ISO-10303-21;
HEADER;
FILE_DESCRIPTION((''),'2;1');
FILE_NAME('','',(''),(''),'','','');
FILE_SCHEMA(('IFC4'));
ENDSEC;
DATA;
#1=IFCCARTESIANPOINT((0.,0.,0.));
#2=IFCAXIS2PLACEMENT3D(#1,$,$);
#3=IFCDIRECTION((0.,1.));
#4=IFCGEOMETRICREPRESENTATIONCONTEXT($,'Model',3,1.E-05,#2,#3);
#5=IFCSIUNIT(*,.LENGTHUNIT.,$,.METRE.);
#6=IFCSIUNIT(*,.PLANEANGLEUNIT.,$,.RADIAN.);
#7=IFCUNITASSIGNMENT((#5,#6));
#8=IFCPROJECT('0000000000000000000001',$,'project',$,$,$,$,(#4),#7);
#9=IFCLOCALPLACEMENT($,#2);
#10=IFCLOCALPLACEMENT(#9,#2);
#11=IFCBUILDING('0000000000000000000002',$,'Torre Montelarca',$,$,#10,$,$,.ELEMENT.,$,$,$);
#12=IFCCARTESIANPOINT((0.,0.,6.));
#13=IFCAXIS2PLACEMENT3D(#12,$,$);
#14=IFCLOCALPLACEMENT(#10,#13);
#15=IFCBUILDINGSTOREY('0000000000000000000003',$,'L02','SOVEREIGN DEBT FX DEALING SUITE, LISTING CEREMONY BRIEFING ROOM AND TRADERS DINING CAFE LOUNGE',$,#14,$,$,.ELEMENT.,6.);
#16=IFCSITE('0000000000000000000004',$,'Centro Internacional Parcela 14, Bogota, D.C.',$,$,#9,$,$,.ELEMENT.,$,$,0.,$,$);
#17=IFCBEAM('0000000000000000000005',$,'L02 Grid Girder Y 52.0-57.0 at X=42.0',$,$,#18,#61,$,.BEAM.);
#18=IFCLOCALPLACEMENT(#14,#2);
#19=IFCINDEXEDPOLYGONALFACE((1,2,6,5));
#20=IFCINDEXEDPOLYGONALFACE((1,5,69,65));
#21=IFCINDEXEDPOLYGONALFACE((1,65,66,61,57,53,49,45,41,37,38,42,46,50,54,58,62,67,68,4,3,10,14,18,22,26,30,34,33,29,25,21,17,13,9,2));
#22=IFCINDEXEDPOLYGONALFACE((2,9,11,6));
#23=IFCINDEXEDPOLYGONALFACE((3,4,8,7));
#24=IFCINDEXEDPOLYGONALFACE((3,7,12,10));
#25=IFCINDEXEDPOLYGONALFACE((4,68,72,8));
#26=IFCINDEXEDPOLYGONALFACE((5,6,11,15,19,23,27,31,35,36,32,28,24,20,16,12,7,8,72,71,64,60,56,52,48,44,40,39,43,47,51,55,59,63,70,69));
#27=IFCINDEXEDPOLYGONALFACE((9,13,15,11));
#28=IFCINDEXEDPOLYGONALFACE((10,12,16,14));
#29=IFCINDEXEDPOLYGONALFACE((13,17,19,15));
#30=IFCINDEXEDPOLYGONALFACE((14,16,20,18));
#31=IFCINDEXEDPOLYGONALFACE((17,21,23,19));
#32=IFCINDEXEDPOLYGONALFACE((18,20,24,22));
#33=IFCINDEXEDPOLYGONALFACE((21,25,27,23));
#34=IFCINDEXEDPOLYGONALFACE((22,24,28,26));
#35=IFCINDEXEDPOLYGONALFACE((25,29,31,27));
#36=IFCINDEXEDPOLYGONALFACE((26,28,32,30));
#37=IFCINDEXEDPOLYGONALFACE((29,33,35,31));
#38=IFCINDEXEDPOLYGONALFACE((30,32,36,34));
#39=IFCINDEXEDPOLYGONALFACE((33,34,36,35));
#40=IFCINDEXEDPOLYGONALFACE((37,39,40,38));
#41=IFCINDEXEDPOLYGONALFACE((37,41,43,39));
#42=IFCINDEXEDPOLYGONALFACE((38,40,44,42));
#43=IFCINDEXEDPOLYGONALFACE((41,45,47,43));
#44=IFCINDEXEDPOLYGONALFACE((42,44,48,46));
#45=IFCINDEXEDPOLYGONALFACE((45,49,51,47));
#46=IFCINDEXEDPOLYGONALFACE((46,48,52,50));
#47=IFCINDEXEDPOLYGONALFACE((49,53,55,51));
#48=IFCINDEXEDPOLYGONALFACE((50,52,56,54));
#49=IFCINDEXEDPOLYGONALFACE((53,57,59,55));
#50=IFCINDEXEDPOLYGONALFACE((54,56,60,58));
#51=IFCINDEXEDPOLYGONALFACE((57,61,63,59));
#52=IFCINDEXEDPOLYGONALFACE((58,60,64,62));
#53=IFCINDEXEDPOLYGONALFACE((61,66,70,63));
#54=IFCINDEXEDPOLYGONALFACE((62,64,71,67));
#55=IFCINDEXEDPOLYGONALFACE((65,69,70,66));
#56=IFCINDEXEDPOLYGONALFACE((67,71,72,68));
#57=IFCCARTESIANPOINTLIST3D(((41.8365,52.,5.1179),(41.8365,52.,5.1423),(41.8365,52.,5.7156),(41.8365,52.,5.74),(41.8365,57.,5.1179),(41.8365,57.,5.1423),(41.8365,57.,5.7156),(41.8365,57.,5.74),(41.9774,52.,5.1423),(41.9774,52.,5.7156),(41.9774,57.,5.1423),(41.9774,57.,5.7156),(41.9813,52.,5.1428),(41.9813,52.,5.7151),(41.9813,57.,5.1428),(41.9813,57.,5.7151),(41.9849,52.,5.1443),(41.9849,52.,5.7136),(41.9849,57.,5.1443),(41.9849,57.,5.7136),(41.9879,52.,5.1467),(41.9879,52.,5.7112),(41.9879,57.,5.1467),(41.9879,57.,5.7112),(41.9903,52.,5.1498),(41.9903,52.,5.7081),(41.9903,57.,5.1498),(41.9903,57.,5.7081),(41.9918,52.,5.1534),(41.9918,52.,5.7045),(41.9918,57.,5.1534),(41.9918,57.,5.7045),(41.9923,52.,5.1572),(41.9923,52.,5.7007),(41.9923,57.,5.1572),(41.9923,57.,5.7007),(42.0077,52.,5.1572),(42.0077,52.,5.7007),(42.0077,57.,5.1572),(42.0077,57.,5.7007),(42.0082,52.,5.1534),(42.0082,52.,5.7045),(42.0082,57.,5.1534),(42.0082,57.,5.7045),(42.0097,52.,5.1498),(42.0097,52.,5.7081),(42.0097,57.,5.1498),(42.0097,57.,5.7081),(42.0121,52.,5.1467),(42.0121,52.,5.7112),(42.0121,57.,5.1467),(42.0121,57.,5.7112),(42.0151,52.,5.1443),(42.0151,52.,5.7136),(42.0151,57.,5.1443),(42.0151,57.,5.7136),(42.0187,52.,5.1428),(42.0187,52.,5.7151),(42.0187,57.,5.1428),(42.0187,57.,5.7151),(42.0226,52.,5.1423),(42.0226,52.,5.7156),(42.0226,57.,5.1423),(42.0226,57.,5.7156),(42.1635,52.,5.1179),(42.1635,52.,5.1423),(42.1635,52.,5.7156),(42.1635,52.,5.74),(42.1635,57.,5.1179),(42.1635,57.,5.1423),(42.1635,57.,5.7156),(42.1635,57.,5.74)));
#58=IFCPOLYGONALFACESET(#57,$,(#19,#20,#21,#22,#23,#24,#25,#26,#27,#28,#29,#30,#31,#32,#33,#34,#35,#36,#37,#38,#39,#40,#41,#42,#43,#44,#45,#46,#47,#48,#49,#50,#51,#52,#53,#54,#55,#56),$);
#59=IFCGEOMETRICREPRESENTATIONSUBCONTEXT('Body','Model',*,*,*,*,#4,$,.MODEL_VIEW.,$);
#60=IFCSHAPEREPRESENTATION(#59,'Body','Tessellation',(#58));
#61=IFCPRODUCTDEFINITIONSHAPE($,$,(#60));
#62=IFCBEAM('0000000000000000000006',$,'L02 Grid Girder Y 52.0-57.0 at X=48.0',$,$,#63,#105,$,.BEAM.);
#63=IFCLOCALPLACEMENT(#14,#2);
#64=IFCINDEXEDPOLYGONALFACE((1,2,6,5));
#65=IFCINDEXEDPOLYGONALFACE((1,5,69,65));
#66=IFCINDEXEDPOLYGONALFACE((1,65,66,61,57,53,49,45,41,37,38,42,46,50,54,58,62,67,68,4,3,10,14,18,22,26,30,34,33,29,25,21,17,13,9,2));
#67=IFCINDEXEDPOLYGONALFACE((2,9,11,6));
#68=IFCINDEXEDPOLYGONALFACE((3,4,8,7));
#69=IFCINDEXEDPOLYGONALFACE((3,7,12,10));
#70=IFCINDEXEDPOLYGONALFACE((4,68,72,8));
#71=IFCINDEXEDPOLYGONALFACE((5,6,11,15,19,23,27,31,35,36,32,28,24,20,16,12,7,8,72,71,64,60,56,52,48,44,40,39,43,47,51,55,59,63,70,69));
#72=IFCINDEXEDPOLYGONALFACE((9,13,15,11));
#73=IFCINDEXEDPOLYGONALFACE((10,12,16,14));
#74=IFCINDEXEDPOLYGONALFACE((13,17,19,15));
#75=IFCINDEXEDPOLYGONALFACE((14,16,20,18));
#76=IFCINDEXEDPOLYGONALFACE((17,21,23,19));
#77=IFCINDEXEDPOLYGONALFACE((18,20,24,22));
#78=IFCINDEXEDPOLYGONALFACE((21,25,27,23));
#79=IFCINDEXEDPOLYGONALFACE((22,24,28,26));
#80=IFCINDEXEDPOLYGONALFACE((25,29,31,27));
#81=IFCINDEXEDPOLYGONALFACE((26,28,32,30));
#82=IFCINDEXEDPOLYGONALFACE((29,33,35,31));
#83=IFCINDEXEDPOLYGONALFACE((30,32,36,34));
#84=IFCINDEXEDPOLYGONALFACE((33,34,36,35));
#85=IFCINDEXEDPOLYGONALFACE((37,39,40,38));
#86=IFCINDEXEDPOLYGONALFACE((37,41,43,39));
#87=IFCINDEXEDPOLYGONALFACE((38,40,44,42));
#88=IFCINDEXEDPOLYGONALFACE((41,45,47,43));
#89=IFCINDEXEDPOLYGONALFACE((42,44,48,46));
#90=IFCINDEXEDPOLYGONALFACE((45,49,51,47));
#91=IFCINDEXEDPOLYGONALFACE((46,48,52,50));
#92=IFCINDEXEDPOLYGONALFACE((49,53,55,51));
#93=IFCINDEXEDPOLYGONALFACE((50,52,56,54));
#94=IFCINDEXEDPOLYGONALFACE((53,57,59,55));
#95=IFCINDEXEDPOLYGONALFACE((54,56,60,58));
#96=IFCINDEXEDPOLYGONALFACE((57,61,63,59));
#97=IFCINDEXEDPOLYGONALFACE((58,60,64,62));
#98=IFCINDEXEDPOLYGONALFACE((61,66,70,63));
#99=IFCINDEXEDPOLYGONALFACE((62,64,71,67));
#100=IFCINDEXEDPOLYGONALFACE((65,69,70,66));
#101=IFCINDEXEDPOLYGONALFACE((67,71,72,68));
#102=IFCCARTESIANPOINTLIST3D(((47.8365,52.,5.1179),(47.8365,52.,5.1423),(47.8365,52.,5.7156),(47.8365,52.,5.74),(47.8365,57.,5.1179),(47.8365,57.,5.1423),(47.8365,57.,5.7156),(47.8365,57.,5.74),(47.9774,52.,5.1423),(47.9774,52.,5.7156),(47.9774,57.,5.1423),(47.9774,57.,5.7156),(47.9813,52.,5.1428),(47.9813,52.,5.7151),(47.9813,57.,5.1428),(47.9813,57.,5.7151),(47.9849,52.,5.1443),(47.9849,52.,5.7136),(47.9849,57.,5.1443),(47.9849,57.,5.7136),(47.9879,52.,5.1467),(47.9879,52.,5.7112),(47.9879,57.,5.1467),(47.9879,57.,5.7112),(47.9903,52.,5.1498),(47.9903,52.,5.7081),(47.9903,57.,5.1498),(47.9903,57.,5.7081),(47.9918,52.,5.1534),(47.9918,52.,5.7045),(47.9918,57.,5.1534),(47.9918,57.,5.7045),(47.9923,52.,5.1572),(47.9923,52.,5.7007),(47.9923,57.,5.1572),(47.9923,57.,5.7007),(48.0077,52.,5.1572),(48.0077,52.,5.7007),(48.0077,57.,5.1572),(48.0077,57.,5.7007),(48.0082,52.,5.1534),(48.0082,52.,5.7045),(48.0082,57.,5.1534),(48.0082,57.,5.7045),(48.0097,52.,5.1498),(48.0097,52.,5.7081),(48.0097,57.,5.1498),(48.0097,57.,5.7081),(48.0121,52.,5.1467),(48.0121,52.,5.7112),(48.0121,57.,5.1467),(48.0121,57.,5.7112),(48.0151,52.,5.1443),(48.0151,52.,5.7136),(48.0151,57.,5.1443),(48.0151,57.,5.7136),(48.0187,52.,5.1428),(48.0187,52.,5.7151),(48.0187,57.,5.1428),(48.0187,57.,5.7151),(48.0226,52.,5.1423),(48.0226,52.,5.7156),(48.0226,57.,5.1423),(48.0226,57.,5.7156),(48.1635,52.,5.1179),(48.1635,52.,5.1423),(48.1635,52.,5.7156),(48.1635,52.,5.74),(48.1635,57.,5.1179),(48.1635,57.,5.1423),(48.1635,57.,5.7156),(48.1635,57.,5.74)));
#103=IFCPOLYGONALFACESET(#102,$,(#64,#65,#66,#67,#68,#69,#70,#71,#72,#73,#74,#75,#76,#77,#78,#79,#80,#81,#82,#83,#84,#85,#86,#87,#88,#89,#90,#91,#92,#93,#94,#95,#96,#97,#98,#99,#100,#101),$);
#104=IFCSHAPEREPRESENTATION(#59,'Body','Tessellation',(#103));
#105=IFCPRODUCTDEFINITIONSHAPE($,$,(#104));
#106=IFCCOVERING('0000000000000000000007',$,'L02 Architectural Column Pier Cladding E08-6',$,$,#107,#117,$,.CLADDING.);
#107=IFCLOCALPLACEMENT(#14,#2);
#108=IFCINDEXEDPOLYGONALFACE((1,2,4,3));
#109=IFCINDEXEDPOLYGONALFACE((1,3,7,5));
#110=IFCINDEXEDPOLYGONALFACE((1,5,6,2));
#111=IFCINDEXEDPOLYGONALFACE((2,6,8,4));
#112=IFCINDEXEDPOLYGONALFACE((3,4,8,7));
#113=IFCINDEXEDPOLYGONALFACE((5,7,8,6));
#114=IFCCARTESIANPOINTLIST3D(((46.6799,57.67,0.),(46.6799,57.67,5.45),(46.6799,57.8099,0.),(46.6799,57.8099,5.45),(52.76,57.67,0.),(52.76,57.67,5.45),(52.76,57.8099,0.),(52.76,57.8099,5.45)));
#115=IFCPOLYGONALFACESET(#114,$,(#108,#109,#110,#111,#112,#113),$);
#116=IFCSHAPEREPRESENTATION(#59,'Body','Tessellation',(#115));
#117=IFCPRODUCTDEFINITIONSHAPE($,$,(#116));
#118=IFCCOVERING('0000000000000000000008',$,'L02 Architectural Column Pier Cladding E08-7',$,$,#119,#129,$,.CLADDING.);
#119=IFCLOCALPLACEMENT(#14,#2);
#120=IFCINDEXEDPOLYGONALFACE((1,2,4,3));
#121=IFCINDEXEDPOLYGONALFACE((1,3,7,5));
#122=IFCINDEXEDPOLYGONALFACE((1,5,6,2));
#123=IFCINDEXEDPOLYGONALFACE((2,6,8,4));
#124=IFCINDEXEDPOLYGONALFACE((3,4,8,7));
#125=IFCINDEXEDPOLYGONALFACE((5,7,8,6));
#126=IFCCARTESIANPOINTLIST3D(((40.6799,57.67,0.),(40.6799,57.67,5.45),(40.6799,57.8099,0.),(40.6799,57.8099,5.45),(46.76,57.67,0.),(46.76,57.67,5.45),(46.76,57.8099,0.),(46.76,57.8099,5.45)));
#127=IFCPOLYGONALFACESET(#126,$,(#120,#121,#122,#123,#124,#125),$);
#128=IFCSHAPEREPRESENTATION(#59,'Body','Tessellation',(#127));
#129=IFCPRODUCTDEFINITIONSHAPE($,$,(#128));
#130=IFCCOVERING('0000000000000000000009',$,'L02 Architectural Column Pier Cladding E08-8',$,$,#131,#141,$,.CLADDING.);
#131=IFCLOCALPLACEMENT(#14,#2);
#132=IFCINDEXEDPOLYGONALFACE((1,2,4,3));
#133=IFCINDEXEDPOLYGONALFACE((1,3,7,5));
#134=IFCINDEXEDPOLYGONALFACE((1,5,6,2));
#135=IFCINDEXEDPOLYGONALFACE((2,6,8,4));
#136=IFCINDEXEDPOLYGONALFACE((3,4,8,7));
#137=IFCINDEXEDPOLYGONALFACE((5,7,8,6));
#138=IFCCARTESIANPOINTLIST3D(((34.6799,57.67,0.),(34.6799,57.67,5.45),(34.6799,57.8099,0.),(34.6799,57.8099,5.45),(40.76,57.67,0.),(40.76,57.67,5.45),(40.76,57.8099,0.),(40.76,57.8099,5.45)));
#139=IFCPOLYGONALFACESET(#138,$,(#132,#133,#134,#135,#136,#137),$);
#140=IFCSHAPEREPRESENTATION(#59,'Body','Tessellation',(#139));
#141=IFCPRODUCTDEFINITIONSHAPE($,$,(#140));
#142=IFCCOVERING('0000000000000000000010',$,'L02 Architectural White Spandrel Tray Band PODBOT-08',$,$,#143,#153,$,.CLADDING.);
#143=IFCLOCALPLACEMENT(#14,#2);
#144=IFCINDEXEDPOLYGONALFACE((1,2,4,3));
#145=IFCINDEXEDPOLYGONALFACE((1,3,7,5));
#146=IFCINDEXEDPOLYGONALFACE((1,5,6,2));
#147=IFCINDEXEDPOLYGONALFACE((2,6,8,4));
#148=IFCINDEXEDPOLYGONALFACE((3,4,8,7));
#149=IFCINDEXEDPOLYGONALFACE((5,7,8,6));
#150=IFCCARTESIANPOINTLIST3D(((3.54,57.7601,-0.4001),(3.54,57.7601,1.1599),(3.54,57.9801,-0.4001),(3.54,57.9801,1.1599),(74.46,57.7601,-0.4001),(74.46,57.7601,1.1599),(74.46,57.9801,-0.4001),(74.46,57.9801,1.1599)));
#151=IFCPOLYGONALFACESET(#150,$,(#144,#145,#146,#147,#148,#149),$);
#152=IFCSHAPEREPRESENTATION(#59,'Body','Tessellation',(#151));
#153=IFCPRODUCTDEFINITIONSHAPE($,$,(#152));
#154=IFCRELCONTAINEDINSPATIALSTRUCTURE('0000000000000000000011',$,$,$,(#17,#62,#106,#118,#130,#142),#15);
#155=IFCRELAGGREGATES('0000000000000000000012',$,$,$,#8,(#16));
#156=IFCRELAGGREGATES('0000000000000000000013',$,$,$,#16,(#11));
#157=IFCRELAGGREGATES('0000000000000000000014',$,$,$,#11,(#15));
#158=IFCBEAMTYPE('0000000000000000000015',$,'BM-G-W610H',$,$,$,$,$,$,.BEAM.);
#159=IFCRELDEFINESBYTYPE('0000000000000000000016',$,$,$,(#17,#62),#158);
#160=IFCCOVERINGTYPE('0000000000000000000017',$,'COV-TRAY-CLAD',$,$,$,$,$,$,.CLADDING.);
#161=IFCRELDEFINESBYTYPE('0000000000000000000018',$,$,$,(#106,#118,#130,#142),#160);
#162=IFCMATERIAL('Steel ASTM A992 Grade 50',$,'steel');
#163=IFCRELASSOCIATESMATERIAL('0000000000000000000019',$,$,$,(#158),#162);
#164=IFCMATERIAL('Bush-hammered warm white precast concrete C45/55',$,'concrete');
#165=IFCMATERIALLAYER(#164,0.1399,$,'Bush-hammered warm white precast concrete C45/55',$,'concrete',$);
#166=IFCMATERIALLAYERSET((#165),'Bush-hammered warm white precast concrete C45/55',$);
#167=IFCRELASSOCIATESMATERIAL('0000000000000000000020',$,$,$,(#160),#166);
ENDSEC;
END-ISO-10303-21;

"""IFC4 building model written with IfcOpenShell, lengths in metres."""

from ifc_helpers import new_model, si_unit, direction, frame, origin, origin_2d, place, context, subcontext, project, spatial, rectangle, i_section, extrude, source, transform, mapped, material, layer, layer_set, material_profile, profile_set, type_object, element, save


model = new_model("IFC4")

# Units and contexts
model_context = context("Model", 3, precision=1e-05, world=origin(), true_north=direction((0.0, 1.0)))
body_context = subcontext(model_context, "Body", "Model", "MODEL_VIEW")
ifc_project = project(units=[si_unit("LENGTHUNIT", "METRE"), si_unit("PLANEANGLEUNIT", "RADIAN")], contexts=[model_context])

# Site, building, storey
site_placement = place(None, origin())
site = spatial("IfcSite", under=ifc_project, at=site_placement, Name="Centro Internacional Parcela 14, Bogota, D.C.", CompositionType="ELEMENT", RefElevation=0.0)
building_placement = place(site_placement, origin())
building = spatial("IfcBuilding", under=site, at=building_placement, Name="Torre Montelarca", CompositionType="ELEMENT")
storey_placement = place(building_placement, frame((0.0, 0.0, 6.0)))
storey = spatial("IfcBuildingStorey", under=building, at=storey_placement, Name="L02", Description="SOVEREIGN DEBT FX DEALING SUITE, LISTING CEREMONY BRIEFING ROOM AND TRADERS DINING CAFE LOUNGE", CompositionType="ELEMENT", Elevation=6.0)

# Shared definitions
ifc_material_1 = material(Name="Steel ASTM A992 Grade 50", Category="steel")

# Beams
ifc_material_profile_1 = material_profile(ifc_material_1, i_section(OverallWidth=0.3269, OverallDepth=0.6221, WebThickness=0.0154, FlangeThickness=0.0244, FilletRadius=0.0149, at=origin_2d()), Name="W610X195", Category="steel")
ifc_profile_set_1 = profile_set([ifc_material_profile_1], Name="Steel ASTM A992 Grade 50")
beam_type_1 = type_object("IfcBeamType", Name="BM-G-W610H", PredefinedType="BEAM", material=ifc_profile_set_1)
shared_shape_1 = source(origin(), body_context, "Body", "SweptSolid", [
    extrude(i_section(OverallWidth=0.3269, OverallDepth=0.6221, WebThickness=0.0154, FlangeThickness=0.0244, FilletRadius=0.0149, at=origin_2d()), origin(), (0.0, 0.0, 1.0), 5.0),
])
for number, where, z_axis, x_axis, name in (
    (1, (42.0, 52.0, 5.429), (0.0, 1.0, 0.0), (-1.0, 0.0, 0.0), "L02 Grid Girder Y 52.0-57.0 at X=42.0"),
    (2, (48.0, 52.0, 5.429), (0.0, 1.0, 0.0), (-1.0, 0.0, 0.0), "L02 Grid Girder Y 52.0-57.0 at X=48.0"),
):
    element("IfcBeam", number, at=place(storey_placement, frame(where, z_axis=z_axis, x_axis=x_axis)), inside=storey, type_object=beam_type_1, Name=name, PredefinedType="BEAM", context=body_context, shape_type="MappedRepresentation", body=[
        mapped(shared_shape_1, transform((0.0, 0.0, 0.0), scale=1.0)),
    ])

# Coverings
ifc_material_2 = material(Name="Bush-hammered warm white precast concrete C45/55", Category="concrete")
ifc_layer = layer(ifc_material_2, 0.1399, Name="Bush-hammered warm white precast concrete C45/55", Category="concrete")
ifc_layer_set = layer_set([ifc_layer], Name="Bush-hammered warm white precast concrete C45/55")
covering_type = type_object("IfcCoveringType", Name="COV-TRAY-CLAD", PredefinedType="CLADDING", material=ifc_layer_set)
shared_shape_2 = source(origin(), body_context, "Body", "SweptSolid", [
    extrude(rectangle(XDim=6.0801, YDim=0.1399, at=origin_2d()), origin(), (0.0, 0.0, 1.0), 5.45),
])
for number, where, z_axis, x_axis, name in (
    (3, (49.72, 57.74, 0.0), (0.0, 0.0, 1.0), (-1.0, 0.0, 0.0), "L02 Architectural Column Pier Cladding E08-6"),
    (4, (43.72, 57.74, 0.0), (0.0, 0.0, 1.0), (-1.0, 0.0, 0.0), "L02 Architectural Column Pier Cladding E08-7"),
    (5, (37.72, 57.74, 0.0), (0.0, 0.0, 1.0), (-1.0, 0.0, 0.0), "L02 Architectural Column Pier Cladding E08-8"),
):
    element("IfcCovering", number, at=place(storey_placement, frame(where, z_axis=z_axis, x_axis=x_axis)), inside=storey, type_object=covering_type, Name=name, PredefinedType="CLADDING", context=body_context, shape_type="MappedRepresentation", body=[
        mapped(shared_shape_2, transform((0.0, 0.0, 0.0), scale=1.0)),
    ])
shared_shape_3 = source(origin(), body_context, "Body", "SweptSolid", [
    extrude(rectangle(XDim=70.9199, YDim=0.22, at=origin_2d()), origin(), (0.0, 0.0, 1.0), 1.5601),
])
covering_placement = place(storey_placement, frame((39.0, 57.8701, -0.4001), z_axis=(0.0, 0.0, 1.0), x_axis=(-1.0, 0.0, 0.0)))
element("IfcCovering", 6, at=covering_placement, inside=storey, type_object=covering_type, Name="L02 Architectural White Spandrel Tray Band PODBOT-08", PredefinedType="CLADDING", context=body_context, shape_type="MappedRepresentation", body=[
    mapped(shared_shape_3, transform((0.0, 0.0, 0.0), scale=1.0)),
])

save(model, "model.ifc")
